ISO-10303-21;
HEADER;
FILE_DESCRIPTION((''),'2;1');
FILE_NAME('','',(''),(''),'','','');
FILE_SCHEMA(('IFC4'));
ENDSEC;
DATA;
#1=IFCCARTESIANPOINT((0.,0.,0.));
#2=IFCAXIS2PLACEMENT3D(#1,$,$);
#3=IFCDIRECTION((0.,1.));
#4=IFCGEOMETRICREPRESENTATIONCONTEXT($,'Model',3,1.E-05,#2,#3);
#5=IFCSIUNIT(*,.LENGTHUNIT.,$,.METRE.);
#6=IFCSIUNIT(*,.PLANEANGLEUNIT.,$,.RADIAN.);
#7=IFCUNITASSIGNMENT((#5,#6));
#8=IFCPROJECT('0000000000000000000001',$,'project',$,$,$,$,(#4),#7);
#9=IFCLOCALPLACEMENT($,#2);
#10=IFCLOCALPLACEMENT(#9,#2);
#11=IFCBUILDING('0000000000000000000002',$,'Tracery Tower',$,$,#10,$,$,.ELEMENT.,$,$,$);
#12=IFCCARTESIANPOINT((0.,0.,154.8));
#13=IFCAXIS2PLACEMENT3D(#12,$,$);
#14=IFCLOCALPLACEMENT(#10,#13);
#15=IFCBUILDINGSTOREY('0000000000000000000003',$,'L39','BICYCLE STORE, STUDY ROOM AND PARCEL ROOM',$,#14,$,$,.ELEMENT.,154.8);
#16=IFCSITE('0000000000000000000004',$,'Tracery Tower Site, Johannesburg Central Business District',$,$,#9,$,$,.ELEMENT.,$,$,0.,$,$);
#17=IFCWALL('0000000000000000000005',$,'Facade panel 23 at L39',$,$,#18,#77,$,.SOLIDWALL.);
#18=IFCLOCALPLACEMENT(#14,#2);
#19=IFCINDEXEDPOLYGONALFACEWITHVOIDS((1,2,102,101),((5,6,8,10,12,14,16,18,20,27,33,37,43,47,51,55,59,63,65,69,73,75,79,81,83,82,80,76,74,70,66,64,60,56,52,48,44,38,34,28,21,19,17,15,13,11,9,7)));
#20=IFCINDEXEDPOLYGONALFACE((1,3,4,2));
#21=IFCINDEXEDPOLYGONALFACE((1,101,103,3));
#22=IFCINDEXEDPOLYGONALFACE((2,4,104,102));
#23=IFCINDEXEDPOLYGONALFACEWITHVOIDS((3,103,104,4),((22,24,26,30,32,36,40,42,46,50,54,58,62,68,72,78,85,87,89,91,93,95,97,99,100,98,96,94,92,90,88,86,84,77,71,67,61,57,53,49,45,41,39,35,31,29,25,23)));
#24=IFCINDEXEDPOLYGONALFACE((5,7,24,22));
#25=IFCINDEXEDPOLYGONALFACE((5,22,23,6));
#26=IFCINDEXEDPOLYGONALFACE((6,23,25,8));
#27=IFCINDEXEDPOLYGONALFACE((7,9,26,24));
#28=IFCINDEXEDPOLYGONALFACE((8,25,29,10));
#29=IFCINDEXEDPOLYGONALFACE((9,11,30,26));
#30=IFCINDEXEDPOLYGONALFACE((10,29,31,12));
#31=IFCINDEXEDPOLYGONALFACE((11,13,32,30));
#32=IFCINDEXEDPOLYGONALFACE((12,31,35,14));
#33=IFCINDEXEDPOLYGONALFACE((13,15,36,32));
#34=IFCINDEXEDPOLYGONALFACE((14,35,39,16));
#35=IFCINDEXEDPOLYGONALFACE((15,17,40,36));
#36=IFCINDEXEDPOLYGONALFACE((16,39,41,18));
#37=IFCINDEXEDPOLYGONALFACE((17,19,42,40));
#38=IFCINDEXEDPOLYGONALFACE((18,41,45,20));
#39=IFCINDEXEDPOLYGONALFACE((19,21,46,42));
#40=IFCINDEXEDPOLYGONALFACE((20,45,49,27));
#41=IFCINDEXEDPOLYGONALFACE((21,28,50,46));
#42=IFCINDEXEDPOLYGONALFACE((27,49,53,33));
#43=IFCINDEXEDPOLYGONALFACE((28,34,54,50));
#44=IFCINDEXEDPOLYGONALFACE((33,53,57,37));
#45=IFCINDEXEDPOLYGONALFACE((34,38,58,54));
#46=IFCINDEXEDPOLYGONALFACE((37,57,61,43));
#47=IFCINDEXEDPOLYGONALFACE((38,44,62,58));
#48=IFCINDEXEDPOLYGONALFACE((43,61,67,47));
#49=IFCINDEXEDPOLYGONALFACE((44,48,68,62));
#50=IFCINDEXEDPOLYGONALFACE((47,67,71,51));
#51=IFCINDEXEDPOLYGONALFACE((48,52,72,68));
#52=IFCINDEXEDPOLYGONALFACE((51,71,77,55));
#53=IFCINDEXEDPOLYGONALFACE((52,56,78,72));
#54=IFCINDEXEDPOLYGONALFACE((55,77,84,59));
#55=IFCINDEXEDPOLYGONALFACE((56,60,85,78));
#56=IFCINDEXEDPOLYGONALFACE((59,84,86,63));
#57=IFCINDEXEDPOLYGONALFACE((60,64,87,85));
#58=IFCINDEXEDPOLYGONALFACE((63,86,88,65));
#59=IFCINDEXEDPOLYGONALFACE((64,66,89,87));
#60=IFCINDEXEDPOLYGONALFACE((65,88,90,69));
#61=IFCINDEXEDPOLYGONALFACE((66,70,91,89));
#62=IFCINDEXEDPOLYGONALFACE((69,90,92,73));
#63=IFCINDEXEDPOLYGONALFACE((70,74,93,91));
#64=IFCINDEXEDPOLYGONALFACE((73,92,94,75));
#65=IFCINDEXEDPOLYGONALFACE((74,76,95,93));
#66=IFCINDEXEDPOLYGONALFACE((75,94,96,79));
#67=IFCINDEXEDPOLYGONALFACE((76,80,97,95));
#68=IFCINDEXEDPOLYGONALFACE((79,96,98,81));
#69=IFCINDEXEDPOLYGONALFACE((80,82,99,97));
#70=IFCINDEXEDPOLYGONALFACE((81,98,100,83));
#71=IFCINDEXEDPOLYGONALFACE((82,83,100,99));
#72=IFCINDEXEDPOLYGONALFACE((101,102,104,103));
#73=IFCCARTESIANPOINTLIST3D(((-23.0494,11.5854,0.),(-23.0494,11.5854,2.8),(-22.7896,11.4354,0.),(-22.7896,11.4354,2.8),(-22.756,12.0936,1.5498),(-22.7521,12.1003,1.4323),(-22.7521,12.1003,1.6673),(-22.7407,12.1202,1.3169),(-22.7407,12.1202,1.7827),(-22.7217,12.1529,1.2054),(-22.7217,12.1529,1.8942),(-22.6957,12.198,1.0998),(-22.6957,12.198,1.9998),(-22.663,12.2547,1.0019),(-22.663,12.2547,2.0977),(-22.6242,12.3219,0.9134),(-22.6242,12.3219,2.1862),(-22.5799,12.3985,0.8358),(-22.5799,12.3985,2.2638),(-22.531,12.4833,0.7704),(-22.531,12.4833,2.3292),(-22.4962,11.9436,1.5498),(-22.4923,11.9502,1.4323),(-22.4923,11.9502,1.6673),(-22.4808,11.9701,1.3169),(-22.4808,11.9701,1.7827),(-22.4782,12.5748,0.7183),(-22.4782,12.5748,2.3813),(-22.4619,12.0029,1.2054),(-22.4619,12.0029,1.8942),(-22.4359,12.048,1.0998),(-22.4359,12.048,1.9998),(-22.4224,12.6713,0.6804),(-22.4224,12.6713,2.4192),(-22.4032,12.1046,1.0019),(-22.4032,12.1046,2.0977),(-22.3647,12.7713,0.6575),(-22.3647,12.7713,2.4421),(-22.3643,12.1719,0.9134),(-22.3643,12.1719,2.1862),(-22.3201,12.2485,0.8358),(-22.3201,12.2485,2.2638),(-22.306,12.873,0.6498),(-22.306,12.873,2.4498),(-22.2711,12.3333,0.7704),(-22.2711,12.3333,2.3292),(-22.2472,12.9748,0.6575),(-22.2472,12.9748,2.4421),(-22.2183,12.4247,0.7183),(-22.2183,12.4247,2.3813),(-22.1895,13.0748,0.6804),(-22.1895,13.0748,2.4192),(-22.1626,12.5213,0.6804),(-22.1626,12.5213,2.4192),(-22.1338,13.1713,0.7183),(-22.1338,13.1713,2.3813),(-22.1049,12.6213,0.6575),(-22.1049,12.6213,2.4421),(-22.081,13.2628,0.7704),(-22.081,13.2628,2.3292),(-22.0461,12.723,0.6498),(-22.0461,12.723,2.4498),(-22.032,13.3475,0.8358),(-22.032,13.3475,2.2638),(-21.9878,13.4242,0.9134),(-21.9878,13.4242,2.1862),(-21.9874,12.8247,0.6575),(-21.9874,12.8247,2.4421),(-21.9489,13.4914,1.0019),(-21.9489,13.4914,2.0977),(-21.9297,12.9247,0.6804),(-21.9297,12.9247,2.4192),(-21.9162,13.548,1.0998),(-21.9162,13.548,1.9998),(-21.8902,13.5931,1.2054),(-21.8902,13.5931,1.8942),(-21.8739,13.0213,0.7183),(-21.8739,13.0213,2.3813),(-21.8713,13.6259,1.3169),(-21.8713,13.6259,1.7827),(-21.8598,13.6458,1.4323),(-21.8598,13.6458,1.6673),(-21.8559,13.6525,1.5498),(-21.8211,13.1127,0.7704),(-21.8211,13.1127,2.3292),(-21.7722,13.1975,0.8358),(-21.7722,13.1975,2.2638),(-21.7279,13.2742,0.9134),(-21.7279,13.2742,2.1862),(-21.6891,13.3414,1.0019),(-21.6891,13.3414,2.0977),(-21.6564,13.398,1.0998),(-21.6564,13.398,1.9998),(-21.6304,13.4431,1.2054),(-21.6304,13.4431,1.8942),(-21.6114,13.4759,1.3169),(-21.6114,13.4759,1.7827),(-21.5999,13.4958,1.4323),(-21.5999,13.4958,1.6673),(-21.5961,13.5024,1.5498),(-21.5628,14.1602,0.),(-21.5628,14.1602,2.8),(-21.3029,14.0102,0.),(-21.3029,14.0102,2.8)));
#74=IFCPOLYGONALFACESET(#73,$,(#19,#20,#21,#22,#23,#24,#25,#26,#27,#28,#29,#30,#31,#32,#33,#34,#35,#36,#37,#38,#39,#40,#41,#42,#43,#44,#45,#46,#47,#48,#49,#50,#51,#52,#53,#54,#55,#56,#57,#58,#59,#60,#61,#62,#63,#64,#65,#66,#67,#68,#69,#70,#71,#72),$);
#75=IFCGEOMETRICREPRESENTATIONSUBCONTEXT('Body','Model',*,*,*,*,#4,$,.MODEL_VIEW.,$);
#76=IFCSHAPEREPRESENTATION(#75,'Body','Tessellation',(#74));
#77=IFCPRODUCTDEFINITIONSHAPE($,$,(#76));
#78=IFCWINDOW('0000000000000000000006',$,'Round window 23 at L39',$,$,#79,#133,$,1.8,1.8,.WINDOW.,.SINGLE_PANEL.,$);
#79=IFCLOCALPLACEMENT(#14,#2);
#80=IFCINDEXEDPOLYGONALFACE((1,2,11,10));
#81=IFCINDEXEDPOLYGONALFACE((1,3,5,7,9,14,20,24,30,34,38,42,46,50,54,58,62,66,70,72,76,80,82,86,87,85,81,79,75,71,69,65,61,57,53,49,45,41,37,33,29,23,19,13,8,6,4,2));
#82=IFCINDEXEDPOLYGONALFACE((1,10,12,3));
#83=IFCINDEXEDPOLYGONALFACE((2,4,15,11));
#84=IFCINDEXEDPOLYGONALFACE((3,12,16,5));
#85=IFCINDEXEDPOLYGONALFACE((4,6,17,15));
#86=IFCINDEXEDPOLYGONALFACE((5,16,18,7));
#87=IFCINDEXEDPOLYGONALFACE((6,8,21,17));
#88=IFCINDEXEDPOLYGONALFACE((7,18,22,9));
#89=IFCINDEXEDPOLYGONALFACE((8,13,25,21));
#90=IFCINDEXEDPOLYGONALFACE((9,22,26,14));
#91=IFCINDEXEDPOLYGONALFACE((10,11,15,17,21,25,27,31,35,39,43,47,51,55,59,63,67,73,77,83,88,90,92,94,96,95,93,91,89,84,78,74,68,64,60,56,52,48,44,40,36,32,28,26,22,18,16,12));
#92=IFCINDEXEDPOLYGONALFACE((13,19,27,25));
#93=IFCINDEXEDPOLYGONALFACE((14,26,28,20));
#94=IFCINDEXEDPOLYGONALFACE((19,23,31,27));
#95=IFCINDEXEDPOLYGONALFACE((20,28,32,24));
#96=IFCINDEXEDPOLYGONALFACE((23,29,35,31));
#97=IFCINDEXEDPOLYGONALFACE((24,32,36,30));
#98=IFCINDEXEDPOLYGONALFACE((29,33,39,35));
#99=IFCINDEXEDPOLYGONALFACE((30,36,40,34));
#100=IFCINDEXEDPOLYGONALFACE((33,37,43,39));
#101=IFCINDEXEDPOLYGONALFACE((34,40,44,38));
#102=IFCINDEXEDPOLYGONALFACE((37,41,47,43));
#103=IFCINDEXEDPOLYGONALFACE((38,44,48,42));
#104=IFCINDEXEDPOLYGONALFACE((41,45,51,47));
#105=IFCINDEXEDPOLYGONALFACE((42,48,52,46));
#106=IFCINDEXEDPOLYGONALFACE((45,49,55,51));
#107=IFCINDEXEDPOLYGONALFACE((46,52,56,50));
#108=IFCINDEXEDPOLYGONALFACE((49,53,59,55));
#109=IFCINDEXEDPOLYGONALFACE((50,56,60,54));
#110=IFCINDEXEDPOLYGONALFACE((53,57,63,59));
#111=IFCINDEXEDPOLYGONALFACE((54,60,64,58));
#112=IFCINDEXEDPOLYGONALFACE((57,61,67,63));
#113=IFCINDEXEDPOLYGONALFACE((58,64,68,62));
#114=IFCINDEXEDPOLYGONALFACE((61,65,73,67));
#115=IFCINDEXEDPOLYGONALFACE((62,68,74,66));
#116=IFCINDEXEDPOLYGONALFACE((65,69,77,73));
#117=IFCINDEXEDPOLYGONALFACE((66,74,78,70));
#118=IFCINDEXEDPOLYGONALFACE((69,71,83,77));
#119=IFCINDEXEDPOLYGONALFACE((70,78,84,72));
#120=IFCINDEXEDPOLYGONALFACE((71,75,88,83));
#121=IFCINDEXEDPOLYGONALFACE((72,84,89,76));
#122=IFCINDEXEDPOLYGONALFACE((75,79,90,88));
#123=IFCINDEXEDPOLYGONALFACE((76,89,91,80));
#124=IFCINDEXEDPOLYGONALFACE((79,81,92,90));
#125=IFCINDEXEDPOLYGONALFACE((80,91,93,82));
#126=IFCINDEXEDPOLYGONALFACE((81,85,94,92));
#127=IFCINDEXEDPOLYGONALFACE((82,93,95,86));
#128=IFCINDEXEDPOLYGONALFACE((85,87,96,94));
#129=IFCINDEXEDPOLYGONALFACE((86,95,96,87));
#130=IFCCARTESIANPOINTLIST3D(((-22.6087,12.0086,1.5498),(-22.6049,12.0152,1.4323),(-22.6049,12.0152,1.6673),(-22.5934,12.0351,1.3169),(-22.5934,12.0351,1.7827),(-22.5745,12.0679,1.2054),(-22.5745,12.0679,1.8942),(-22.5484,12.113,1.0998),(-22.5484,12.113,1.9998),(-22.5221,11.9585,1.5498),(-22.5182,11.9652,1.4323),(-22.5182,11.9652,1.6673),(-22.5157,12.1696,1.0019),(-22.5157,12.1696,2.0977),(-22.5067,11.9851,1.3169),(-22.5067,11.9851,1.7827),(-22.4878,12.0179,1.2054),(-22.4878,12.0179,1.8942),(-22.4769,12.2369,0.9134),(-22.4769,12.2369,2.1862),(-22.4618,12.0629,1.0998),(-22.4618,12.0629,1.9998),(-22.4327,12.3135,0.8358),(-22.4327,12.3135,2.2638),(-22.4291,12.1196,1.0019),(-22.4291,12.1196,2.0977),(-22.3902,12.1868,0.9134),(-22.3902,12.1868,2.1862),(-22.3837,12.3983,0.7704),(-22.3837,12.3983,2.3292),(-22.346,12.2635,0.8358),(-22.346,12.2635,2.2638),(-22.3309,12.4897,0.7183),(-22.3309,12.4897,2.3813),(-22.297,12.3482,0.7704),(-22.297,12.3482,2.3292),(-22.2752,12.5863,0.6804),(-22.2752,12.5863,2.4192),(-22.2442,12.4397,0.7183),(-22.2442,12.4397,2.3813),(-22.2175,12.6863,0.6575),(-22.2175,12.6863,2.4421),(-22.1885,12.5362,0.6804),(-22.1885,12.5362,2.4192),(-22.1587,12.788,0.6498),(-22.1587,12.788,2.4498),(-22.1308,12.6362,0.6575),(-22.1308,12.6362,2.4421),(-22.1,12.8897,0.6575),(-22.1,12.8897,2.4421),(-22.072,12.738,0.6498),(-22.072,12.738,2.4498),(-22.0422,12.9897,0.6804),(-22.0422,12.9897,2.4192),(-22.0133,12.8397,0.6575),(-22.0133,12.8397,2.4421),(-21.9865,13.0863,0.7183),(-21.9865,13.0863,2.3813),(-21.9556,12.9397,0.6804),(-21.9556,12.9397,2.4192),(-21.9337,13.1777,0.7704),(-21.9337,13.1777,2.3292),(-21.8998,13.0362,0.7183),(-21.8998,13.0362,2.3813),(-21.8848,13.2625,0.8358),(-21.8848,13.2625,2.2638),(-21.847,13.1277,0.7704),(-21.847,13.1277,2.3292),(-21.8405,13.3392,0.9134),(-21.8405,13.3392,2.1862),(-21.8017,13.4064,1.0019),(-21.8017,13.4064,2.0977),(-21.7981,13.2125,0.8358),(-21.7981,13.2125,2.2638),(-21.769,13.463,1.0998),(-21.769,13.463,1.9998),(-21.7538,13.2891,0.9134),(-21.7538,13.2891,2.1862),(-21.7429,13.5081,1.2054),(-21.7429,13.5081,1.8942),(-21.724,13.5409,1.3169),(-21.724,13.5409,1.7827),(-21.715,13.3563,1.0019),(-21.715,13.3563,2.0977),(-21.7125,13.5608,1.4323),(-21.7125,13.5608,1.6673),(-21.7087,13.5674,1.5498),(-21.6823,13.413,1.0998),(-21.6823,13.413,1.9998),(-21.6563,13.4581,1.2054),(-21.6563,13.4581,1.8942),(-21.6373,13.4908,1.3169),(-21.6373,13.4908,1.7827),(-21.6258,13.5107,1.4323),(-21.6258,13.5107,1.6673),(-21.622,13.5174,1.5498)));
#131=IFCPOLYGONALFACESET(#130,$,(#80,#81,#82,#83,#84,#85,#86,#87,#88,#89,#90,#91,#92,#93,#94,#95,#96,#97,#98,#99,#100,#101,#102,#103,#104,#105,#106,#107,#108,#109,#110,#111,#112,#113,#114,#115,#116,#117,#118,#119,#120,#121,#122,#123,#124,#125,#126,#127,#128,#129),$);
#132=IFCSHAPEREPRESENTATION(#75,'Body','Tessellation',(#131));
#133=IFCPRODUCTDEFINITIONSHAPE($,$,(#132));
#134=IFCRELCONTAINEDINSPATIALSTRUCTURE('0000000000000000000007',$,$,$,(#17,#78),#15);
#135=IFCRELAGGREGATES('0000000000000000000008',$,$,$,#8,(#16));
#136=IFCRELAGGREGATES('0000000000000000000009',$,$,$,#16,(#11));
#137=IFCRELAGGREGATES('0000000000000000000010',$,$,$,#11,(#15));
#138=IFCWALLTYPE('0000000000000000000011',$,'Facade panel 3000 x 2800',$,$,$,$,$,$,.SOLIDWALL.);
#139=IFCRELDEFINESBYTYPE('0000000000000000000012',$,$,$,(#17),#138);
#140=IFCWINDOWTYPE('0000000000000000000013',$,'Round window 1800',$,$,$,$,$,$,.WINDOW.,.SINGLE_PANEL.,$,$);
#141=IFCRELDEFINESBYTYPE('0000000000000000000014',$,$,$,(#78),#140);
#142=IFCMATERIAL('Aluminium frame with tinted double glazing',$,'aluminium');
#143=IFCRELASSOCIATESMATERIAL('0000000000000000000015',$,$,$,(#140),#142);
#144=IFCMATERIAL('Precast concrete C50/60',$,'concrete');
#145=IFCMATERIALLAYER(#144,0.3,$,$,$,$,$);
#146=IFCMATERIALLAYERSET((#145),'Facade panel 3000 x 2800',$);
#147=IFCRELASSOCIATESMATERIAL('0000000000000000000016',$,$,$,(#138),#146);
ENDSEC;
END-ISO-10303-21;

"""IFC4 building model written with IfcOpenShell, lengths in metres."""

from ifc_helpers import new_model, si_unit, direction, frame, frame_2d, origin, origin_2d, place, context, subcontext, project, spatial, rectangle, circle, extrude, material, layer, layer_set, type_object, element, fill, save


model = new_model("IFC4")

# Units and contexts
model_context = context("Model", 3, precision=1e-05, world=origin(), true_north=direction((0.0, 1.0)))
body_context = subcontext(model_context, "Body", "Model", "MODEL_VIEW")
ifc_project = project(units=[si_unit("LENGTHUNIT", "METRE"), si_unit("PLANEANGLEUNIT", "RADIAN")], contexts=[model_context])

# Site, building, storey
site_placement = place(None, origin())
site = spatial("IfcSite", under=ifc_project, at=site_placement, Name="Tracery Tower Site, Johannesburg Central Business District", CompositionType="ELEMENT", RefElevation=0.0)
building_placement = place(site_placement, origin())
building = spatial("IfcBuilding", under=site, at=building_placement, Name="Tracery Tower", CompositionType="ELEMENT")
storey_placement = place(building_placement, frame((0.0, 0.0, 154.8)))
storey = spatial("IfcBuildingStorey", under=building, at=storey_placement, Name="L39", Description="BICYCLE STORE, STUDY ROOM AND PARCEL ROOM", CompositionType="ELEMENT", Elevation=154.8)

# Wall, opening, window
ifc_material_1 = material(Name="Aluminium frame with tinted double glazing", Category="aluminium")
window_type = type_object("IfcWindowType", Name="Round window 1800", PartitioningType="SINGLE_PANEL", PredefinedType="WINDOW", material=ifc_material_1)
ifc_material_2 = material(Name="Precast concrete C50/60", Category="concrete")
ifc_layer_1 = layer(ifc_material_2, 0.3)
ifc_layer_set_1 = layer_set([ifc_layer_1], Name="Facade panel 3000 x 2800")
wall_type_1 = type_object("IfcWallType", Name="Facade panel 3000 x 2800", PredefinedType="SOLIDWALL", material=ifc_layer_set_1)
wall_1_placement = place(storey_placement, frame((-21.4329, 14.0852, 0.0), z_axis=(0.0, 0.0, 1.0), x_axis=(-0.500016, -0.866016, 0.0)))
wall_1 = element("IfcWall", 1, at=wall_1_placement, inside=storey, type_object=wall_type_1, Name="Facade panel 23 at L39", PredefinedType="SOLIDWALL", context=body_context, shape_type="SweptSolid", body=[
    extrude(rectangle(XDim=2.9731, YDim=0.3, at=frame_2d((1.4866, 0.0))), origin(), (0.0, 0.0, 1.0), 2.8),
])
opening_1_placement = place(wall_1_placement, frame((1.4863, 0.0, 1.5498)))
opening_1 = element("IfcOpeningElement", 2, at=opening_1_placement, cuts=wall_1, PredefinedType="OPENING", context=body_context, shape_type="SweptSolid", body=[
    extrude(circle(Radius=0.9, at=origin_2d()), frame((0.0, 0.1599, 0.0), z_axis=(0.0, -1.0, 0.0), x_axis=(1.0, 0.0, 0.0)), (0.0, 0.0, 1.0), 0.3201),
])
window_1_placement = place(opening_1_placement, origin())
window_1 = element("IfcWindow", 3, at=window_1_placement, inside=storey, type_object=window_type, Name="Round window 23 at L39", OverallHeight=1.8, OverallWidth=1.8, PartitioningType="SINGLE_PANEL", PredefinedType="WINDOW", context=body_context, shape_type="SweptSolid", body=[
    extrude(circle(Radius=0.9, at=origin_2d()), frame((0.0, 0.1201, 0.0), z_axis=(0.0, -1.0, 0.0), x_axis=(1.0, 0.0, 0.0)), (0.0, 0.0, 1.0), 0.1001),
])
fill(opening_1, window_1)

save(model, "model.ifc")
